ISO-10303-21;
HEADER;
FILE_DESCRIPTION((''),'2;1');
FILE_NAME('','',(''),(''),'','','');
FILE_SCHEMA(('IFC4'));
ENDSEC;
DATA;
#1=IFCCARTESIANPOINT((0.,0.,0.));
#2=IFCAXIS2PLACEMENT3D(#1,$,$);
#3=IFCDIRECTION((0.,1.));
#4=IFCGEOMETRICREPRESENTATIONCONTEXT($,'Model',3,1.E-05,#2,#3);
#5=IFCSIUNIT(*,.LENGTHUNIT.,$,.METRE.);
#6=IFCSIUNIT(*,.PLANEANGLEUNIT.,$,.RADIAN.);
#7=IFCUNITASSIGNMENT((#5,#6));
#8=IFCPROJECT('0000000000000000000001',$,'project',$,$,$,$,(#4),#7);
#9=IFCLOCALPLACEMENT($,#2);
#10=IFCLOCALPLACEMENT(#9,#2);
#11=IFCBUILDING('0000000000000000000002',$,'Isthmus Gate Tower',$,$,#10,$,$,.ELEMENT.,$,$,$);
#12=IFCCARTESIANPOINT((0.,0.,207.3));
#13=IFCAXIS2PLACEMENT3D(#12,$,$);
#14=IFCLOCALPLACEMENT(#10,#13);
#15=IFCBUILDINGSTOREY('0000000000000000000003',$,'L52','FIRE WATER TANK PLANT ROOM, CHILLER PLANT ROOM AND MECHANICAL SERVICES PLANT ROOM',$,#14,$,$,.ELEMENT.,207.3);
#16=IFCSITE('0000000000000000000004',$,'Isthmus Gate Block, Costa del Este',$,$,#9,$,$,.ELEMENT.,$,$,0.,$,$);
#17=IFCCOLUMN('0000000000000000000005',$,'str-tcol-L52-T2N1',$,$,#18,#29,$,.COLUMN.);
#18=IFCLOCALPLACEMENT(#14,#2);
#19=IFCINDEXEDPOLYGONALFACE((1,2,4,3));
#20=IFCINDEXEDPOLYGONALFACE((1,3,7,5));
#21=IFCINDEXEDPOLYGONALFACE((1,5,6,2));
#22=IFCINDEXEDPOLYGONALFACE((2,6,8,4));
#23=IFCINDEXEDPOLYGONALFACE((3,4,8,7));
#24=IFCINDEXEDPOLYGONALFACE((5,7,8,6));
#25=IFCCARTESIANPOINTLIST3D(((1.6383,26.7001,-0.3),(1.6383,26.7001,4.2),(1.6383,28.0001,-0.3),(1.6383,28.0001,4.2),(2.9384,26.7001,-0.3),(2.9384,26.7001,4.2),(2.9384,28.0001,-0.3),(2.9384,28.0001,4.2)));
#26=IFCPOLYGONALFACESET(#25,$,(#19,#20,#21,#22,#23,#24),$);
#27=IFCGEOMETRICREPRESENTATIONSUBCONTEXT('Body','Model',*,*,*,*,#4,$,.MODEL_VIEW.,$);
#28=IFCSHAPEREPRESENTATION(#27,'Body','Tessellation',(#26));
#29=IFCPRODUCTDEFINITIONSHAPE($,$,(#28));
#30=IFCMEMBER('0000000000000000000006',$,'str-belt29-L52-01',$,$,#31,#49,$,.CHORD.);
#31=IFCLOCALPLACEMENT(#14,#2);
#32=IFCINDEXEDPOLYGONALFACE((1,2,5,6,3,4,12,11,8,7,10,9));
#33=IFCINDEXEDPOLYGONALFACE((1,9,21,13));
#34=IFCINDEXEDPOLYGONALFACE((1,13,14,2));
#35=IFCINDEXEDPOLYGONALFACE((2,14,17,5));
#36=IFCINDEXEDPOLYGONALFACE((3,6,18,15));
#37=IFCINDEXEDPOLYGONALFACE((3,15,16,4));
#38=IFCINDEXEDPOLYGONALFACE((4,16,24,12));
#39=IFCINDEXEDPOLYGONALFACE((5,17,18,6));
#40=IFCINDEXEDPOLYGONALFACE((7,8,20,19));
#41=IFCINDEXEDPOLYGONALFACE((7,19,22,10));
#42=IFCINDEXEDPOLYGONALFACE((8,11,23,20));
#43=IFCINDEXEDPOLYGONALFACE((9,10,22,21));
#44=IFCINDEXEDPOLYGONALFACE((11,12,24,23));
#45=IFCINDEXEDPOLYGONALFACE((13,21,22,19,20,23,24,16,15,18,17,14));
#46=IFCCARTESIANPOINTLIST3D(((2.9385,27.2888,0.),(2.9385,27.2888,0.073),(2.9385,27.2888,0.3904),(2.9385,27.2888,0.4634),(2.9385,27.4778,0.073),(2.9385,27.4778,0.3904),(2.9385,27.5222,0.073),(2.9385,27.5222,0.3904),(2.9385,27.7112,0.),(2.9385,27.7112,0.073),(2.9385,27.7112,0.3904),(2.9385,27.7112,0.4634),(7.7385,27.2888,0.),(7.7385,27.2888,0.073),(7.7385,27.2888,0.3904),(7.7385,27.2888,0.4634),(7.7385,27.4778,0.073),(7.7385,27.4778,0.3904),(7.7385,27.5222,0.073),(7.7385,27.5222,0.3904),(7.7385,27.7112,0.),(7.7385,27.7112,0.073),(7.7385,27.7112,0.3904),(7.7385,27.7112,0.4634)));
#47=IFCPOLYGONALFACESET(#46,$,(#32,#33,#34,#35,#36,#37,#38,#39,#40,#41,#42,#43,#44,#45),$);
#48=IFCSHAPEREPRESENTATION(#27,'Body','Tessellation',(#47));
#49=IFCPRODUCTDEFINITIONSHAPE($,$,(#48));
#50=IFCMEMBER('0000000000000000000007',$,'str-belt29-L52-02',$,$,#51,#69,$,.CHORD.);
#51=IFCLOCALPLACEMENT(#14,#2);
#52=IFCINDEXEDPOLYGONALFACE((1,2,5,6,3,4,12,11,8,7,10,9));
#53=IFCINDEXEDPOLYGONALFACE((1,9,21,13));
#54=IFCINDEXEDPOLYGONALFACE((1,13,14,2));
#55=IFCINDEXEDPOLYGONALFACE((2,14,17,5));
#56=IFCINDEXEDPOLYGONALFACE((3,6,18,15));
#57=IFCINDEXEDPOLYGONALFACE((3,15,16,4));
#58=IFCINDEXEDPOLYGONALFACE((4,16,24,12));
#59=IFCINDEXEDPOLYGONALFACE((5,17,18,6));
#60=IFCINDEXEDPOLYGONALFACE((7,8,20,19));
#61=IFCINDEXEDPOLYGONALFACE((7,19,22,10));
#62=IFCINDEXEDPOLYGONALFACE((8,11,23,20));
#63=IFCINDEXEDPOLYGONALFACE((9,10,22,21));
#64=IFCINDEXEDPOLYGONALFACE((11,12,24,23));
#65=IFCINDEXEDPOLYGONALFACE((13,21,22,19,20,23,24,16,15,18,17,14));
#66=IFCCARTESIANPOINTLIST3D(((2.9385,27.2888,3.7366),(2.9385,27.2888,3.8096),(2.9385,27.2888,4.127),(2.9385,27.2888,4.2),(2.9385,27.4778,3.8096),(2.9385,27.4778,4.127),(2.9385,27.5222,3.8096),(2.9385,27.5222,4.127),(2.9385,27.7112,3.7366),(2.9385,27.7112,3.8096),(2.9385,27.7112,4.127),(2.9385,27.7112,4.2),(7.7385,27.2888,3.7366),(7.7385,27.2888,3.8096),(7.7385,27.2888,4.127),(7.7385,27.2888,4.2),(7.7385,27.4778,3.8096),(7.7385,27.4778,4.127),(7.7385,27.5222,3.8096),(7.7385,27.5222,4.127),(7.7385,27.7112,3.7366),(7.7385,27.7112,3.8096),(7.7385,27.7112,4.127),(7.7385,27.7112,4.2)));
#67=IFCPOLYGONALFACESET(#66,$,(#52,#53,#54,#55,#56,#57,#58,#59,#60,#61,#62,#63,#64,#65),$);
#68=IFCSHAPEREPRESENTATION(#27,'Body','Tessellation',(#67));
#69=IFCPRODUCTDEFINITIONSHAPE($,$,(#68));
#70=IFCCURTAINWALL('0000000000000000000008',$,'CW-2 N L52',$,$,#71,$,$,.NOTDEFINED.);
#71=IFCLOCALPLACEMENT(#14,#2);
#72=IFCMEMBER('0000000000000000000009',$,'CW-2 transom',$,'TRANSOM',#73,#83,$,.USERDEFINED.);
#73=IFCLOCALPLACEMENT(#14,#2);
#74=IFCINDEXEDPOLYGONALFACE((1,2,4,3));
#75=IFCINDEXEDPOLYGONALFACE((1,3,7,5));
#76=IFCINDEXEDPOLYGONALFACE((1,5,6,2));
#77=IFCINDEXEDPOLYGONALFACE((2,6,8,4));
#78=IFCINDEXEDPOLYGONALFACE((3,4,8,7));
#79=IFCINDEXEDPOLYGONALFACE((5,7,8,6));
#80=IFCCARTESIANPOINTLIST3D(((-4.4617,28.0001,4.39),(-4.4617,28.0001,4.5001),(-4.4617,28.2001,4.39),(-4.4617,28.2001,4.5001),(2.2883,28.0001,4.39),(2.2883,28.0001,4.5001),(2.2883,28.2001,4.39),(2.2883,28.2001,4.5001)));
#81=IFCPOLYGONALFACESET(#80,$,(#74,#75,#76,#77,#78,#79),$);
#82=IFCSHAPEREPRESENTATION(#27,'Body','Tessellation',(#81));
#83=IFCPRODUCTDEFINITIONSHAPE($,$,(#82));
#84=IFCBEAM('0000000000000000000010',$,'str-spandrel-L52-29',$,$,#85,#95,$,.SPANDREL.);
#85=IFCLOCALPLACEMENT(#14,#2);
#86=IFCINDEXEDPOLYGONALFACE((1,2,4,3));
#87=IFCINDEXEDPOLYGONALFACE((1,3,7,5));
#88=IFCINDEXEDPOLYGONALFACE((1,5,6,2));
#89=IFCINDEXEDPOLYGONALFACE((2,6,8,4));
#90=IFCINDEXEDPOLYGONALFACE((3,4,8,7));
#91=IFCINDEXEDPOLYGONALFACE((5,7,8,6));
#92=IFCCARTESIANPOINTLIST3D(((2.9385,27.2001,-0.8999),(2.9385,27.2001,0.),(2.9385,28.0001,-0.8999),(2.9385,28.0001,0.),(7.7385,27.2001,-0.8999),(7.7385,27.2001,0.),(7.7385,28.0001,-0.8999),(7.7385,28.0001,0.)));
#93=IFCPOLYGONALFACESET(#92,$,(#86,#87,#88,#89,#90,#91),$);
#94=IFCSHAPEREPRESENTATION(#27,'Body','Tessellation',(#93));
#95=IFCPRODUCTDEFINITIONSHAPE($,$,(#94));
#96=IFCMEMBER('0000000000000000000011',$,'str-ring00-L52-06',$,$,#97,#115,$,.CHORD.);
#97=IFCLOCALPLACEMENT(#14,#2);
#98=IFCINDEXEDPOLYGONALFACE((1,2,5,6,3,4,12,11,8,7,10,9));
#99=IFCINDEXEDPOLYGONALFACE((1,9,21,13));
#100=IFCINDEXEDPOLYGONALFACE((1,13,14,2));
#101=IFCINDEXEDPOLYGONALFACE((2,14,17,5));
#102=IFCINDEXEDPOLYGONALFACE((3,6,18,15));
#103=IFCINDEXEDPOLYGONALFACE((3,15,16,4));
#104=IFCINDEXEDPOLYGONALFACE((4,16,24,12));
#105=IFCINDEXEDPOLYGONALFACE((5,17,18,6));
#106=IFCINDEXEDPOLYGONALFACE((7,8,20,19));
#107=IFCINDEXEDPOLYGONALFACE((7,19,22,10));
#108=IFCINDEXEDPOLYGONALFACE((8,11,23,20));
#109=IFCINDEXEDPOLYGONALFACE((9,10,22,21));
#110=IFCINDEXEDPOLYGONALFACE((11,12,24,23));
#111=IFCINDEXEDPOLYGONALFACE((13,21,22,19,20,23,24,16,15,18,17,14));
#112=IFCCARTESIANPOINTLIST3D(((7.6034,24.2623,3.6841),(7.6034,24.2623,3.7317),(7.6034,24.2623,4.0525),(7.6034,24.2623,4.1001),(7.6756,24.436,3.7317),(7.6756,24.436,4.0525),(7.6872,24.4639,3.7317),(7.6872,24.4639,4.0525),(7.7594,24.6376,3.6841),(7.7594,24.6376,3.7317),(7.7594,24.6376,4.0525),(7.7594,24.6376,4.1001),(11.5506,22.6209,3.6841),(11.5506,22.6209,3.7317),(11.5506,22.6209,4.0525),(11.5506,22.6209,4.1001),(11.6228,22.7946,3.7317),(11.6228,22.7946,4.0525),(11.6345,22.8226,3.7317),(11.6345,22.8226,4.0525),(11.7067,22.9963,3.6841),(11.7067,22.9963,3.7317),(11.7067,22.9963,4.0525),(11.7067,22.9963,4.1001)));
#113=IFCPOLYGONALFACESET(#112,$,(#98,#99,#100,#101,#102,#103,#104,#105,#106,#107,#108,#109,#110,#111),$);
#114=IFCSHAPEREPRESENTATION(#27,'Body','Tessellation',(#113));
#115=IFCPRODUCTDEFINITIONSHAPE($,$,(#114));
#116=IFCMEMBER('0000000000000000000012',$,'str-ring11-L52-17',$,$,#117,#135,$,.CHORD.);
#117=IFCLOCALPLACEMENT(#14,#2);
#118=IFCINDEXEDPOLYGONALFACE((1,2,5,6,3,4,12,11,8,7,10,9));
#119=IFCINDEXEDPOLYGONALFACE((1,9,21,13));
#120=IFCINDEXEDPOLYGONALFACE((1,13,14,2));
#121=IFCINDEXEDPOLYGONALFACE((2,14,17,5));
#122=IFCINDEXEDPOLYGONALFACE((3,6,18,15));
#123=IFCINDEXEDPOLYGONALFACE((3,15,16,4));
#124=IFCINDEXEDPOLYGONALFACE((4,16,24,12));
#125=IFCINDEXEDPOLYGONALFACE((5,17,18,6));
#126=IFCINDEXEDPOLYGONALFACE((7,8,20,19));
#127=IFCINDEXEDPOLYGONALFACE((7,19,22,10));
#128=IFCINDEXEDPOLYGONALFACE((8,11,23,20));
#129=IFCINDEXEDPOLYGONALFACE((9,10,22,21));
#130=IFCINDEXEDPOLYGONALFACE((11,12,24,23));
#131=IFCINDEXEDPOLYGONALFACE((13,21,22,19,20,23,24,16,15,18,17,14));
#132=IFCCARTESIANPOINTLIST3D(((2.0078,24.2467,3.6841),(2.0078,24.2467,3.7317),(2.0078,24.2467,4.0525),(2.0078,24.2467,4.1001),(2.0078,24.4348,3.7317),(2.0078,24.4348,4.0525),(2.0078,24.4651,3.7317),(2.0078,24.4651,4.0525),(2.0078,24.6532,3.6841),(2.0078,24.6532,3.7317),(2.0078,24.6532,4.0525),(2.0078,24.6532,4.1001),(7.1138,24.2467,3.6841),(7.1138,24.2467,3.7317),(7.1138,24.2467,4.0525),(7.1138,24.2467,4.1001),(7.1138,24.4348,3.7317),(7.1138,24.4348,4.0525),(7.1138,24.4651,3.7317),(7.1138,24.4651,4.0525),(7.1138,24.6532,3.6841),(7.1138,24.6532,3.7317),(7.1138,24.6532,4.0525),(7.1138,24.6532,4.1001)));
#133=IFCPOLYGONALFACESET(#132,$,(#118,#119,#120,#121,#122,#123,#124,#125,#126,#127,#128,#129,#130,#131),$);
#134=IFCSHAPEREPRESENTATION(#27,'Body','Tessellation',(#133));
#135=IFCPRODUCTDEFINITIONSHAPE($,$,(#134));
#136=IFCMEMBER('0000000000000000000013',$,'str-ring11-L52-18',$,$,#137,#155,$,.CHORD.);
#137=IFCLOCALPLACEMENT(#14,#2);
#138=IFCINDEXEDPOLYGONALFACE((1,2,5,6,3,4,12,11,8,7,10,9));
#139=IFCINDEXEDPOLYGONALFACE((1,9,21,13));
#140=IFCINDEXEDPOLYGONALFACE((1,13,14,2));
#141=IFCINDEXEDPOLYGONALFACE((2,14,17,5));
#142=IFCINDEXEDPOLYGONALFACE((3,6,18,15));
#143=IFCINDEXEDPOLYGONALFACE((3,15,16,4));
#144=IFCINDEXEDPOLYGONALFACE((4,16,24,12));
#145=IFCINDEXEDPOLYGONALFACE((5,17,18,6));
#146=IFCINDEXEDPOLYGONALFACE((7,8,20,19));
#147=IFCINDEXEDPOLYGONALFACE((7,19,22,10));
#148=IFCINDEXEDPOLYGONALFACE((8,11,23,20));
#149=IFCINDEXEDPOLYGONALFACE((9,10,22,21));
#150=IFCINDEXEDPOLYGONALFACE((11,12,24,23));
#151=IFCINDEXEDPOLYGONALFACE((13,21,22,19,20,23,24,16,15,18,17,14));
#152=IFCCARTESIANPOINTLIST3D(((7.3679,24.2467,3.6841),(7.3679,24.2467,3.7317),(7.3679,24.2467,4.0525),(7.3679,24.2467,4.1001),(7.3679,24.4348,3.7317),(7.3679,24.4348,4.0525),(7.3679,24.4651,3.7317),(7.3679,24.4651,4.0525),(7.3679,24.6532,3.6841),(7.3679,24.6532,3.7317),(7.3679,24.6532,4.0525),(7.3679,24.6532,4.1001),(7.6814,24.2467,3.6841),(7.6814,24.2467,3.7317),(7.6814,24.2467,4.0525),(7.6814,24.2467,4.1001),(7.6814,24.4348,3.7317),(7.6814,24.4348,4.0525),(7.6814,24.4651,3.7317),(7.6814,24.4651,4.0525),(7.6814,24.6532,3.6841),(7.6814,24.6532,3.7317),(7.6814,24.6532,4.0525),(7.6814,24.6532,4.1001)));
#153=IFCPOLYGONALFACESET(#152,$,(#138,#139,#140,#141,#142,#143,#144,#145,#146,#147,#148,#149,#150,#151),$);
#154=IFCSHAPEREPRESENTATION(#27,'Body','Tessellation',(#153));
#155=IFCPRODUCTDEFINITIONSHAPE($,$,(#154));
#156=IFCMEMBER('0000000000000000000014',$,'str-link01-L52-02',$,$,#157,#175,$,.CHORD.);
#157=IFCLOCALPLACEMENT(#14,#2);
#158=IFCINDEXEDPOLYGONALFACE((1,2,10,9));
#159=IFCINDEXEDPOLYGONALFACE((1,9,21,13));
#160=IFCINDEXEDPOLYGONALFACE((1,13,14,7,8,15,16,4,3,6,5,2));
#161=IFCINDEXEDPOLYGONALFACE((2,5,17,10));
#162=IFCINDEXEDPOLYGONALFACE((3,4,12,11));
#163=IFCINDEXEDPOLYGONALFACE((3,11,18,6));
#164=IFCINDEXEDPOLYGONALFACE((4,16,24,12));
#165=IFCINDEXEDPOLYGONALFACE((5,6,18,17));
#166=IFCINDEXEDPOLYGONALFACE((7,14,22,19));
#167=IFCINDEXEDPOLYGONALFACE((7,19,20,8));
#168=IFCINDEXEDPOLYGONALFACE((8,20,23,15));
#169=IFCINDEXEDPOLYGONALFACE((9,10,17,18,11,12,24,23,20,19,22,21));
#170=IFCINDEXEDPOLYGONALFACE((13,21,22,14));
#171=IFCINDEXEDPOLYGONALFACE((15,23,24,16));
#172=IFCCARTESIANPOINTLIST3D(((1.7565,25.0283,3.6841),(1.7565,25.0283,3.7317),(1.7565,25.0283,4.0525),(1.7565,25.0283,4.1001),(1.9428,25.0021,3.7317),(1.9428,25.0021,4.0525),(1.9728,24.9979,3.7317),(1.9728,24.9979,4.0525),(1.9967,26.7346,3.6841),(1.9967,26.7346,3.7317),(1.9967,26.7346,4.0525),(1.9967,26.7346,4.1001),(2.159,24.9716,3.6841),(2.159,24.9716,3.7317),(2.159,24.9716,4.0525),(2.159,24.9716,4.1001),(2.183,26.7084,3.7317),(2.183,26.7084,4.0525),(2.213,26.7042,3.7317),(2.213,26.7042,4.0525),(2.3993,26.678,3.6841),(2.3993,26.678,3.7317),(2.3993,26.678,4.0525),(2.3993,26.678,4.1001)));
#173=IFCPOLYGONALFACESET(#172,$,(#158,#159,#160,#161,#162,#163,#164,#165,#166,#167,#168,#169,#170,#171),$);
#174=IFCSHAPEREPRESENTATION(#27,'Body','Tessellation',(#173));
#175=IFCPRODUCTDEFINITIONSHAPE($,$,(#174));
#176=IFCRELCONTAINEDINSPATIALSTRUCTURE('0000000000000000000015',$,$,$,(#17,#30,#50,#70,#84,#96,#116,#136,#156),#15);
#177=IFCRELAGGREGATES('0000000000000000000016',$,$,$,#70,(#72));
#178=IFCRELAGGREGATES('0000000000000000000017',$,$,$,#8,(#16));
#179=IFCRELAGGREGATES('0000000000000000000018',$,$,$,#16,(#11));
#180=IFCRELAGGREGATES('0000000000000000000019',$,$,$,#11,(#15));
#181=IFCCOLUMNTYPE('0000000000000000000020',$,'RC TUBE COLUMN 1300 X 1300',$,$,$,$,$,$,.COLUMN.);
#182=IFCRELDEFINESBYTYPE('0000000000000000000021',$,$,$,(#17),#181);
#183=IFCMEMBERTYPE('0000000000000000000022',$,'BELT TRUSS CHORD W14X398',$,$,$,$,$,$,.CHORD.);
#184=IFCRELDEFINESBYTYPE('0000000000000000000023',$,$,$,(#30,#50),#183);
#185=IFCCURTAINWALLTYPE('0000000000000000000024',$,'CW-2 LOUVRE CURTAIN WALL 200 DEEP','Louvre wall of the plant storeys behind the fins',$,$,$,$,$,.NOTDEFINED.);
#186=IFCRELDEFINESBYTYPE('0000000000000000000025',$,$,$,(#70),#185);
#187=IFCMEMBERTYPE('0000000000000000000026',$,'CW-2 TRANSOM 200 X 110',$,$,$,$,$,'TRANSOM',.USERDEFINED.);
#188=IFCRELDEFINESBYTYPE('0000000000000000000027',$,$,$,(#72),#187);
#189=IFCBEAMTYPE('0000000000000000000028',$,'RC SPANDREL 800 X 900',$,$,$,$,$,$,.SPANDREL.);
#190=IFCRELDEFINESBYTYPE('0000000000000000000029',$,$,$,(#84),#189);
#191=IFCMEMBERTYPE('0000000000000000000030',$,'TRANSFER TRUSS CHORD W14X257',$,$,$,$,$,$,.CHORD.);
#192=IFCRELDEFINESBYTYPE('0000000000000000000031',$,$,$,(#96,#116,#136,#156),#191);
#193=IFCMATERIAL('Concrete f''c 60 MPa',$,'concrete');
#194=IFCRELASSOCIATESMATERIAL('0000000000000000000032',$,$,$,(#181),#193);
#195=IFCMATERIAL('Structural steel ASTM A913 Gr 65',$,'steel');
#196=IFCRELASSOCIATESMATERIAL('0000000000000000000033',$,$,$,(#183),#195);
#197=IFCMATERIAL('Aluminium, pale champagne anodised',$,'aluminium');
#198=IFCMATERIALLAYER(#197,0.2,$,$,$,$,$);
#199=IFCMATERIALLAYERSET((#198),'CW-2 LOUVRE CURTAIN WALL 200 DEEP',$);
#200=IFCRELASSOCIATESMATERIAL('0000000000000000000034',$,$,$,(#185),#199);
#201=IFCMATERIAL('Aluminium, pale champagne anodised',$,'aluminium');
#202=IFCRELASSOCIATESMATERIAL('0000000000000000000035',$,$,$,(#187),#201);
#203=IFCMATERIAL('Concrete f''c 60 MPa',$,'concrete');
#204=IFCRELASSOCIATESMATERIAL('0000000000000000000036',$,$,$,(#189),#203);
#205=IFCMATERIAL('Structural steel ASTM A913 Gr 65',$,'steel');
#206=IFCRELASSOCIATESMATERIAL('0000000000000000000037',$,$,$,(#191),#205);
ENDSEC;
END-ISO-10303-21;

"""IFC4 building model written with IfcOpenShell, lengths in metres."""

from ifc_helpers import new_model, si_unit, direction, frame, origin, origin_2d, place, context, subcontext, project, spatial, rectangle, i_section, extrude, material, layer, layer_set, material_profile, profile_set, type_object, element, aggregate, save


model = new_model("IFC4")

# Units and contexts
model_context = context("Model", 3, precision=1e-05, world=origin(), true_north=direction((0.0, 1.0)))
body_context = subcontext(model_context, "Body", "Model", "MODEL_VIEW")
ifc_project = project(units=[si_unit("LENGTHUNIT", "METRE"), si_unit("PLANEANGLEUNIT", "RADIAN")], contexts=[model_context])

# Site, building, storey
site_placement = place(None, origin())
site = spatial("IfcSite", under=ifc_project, at=site_placement, Name="Isthmus Gate Block, Costa del Este", CompositionType="ELEMENT", RefElevation=0.0)
building_placement = place(site_placement, origin())
building = spatial("IfcBuilding", under=site, at=building_placement, Name="Isthmus Gate Tower", CompositionType="ELEMENT")
storey_placement = place(building_placement, frame((0.0, 0.0, 207.3)))
storey = spatial("IfcBuildingStorey", under=building, at=storey_placement, Name="L52", Description="FIRE WATER TANK PLANT ROOM, CHILLER PLANT ROOM AND MECHANICAL SERVICES PLANT ROOM", CompositionType="ELEMENT", Elevation=207.3)

# Column
ifc_material_1 = material(Name="Concrete f'c 60 MPa", Category="concrete")
ifc_material_profile_1 = material_profile(ifc_material_1, rectangle(XDim=1.3, YDim=1.3, at=origin_2d()), Name="RC 1300X1300")
ifc_profile_set_1 = profile_set([ifc_material_profile_1], Name="Concrete f'c 60 MPa")
column_type = type_object("IfcColumnType", Name="RC TUBE COLUMN 1300 X 1300", PredefinedType="COLUMN", material=ifc_profile_set_1)
column_placement = place(storey_placement, frame((2.2883, 27.3501, -0.3), z_axis=(0.0, 0.0, 1.0), x_axis=(-1.0, 0.0, 0.0)))
element("IfcColumn", 1, at=column_placement, inside=storey, type_object=column_type, Name="str-tcol-L52-T2N1", PredefinedType="COLUMN", context=body_context, shape_type="SweptSolid", body=[
    extrude(rectangle(XDim=1.3, YDim=1.3, at=origin_2d()), origin(), (0.0, 0.0, 1.0), 4.5),
])

# Members
ifc_material_2 = material(Name="Structural steel ASTM A913 Gr 65", Category="steel")
ifc_material_profile_2 = material_profile(ifc_material_2, i_section(OverallWidth=0.4224, OverallDepth=0.4634, WebThickness=0.0444, FlangeThickness=0.073, at=origin_2d()), Name="W14X398")
ifc_profile_set_2 = profile_set([ifc_material_profile_2], Name="Structural steel ASTM A913 Gr 65")
member_type_1 = type_object("IfcMemberType", Name="BELT TRUSS CHORD W14X398", PredefinedType="CHORD", material=ifc_profile_set_2)
for number, where, z_axis, x_axis, name in (
    (2, (2.9385, 27.5, 0.2317), (1.0, 0.0, 0.0), (0.0, 1.0, 0.0), "str-belt29-L52-01"),
    (3, (2.9385, 27.5, 3.9683), (1.0, 0.0, 0.0), (0.0, 1.0, 0.0), "str-belt29-L52-02"),
):
    element("IfcMember", number, at=place(storey_placement, frame(where, z_axis=z_axis, x_axis=x_axis)), inside=storey, type_object=member_type_1, Name=name, PredefinedType="CHORD", context=body_context, shape_type="SweptSolid", body=[
        extrude(i_section(OverallWidth=0.4224, OverallDepth=0.4634, WebThickness=0.0444, FlangeThickness=0.073, at=origin_2d()), origin(), (0.0, 0.0, 1.0), 4.8),
    ])

# Curtain wall, member
ifc_material_3 = material(Name="Aluminium, pale champagne anodised", Category="aluminium")
ifc_layer_1 = layer(ifc_material_3, 0.2)
ifc_layer_set_1 = layer_set([ifc_layer_1], Name="CW-2 LOUVRE CURTAIN WALL 200 DEEP")
curtain_wall_type = type_object("IfcCurtainWallType", Name="CW-2 LOUVRE CURTAIN WALL 200 DEEP", Description="Louvre wall of the plant storeys behind the fins", PredefinedType="NOTDEFINED", material=ifc_layer_set_1)
curtain_wall_placement = place(storey_placement, origin())
curtain_wall = element("IfcCurtainWall", 4, at=curtain_wall_placement, inside=storey, type_object=curtain_wall_type, Name="CW-2 N L52", PredefinedType="NOTDEFINED")
ifc_material_4 = material(Name="Aluminium, pale champagne anodised", Category="aluminium")
ifc_material_profile_3 = material_profile(ifc_material_4, rectangle(XDim=0.2, YDim=0.1101, at=origin_2d()), Name="200x110")
ifc_profile_set_3 = profile_set([ifc_material_profile_3], Name="Aluminium, pale champagne anodised")
member_type_2 = type_object("IfcMemberType", Name="CW-2 TRANSOM 200 X 110", ElementType="TRANSOM", PredefinedType="USERDEFINED", material=ifc_profile_set_3)
member_1_placement = place(storey_placement, frame((2.2883, 28.1001, 4.4451), z_axis=(-1.0, 0.0, 0.0), x_axis=(0.0, -1.0, 0.0)))
member_1 = element("IfcMember", 5, at=member_1_placement, type_object=member_type_2, Name="CW-2 transom", ObjectType="TRANSOM", PredefinedType="USERDEFINED", context=body_context, shape_type="SweptSolid", body=[
    extrude(rectangle(XDim=0.2, YDim=0.1101, at=origin_2d()), origin(), (0.0, 0.0, 1.0), 6.75),
])

# Beam
ifc_material_5 = material(Name="Concrete f'c 60 MPa", Category="concrete")
ifc_material_profile_4 = material_profile(ifc_material_5, rectangle(XDim=0.8, YDim=0.8999, at=origin_2d()), Name="RC 800X900")
ifc_profile_set_4 = profile_set([ifc_material_profile_4], Name="Concrete f'c 60 MPa")
beam_type = type_object("IfcBeamType", Name="RC SPANDREL 800 X 900", PredefinedType="SPANDREL", material=ifc_profile_set_4)
beam_placement = place(storey_placement, frame((2.9385, 27.6001, -0.45), z_axis=(1.0, 0.0, 0.0), x_axis=(0.0, 1.0, 0.0)))
element("IfcBeam", 6, at=beam_placement, inside=storey, type_object=beam_type, Name="str-spandrel-L52-29", PredefinedType="SPANDREL", context=body_context, shape_type="SweptSolid", body=[
    extrude(rectangle(XDim=0.8, YDim=0.8999, at=origin_2d()), origin(), (0.0, 0.0, 1.0), 4.8),
])

# Members
ifc_material_6 = material(Name="Structural steel ASTM A913 Gr 65", Category="steel")
ifc_material_profile_5 = material_profile(ifc_material_6, i_section(OverallWidth=0.4065, OverallDepth=0.416, WebThickness=0.0303, FlangeThickness=0.0476, at=origin_2d()), Name="W14X257")
ifc_profile_set_5 = profile_set([ifc_material_profile_5], Name="Structural steel ASTM A913 Gr 65")
member_type_3 = type_object("IfcMemberType", Name="TRANSFER TRUSS CHORD W14X257", PredefinedType="CHORD", material=ifc_profile_set_5)
member_2_placement = place(storey_placement, frame((7.6814, 24.45, 3.8921), z_axis=(0.923354, -0.38395, 0.0), x_axis=(0.38395, 0.923354, 0.0)))
element("IfcMember", 7, at=member_2_placement, inside=storey, type_object=member_type_3, Name="str-ring00-L52-06", PredefinedType="CHORD", context=body_context, shape_type="SweptSolid", body=[
    extrude(i_section(OverallWidth=0.4065, OverallDepth=0.416, WebThickness=0.0303, FlangeThickness=0.0476, at=origin_2d()), origin(), (0.0, 0.0, 1.0), 4.2749),
])
member_3_placement = place(storey_placement, frame((2.0078, 24.45, 3.8921), z_axis=(1.0, 0.0, 0.0), x_axis=(0.0, 1.0, 0.0)))
element("IfcMember", 8, at=member_3_placement, inside=storey, type_object=member_type_3, Name="str-ring11-L52-17", PredefinedType="CHORD", context=body_context, shape_type="SweptSolid", body=[
    extrude(i_section(OverallWidth=0.4065, OverallDepth=0.416, WebThickness=0.0303, FlangeThickness=0.0476, at=origin_2d()), origin(), (0.0, 0.0, 1.0), 5.106),
])
member_4_placement = place(storey_placement, frame((7.3679, 24.45, 3.8921), z_axis=(1.0, 0.0, 0.0), x_axis=(0.0, 1.0, 0.0)))
element("IfcMember", 9, at=member_4_placement, inside=storey, type_object=member_type_3, Name="str-ring11-L52-18", PredefinedType="CHORD", context=body_context, shape_type="SweptSolid", body=[
    extrude(i_section(OverallWidth=0.4065, OverallDepth=0.416, WebThickness=0.0303, FlangeThickness=0.0476, at=origin_2d()), origin(), (0.0, 0.0, 1.0), 0.3135),
])
member_5_placement = place(storey_placement, frame((2.198, 26.7063, 3.8921), z_axis=(-0.139418, -0.990234, 0.0), x_axis=(0.990234, -0.139418, 0.0)))
element("IfcMember", 10, at=member_5_placement, inside=storey, type_object=member_type_3, Name="str-link01-L52-02", PredefinedType="CHORD", context=body_context, shape_type="SweptSolid", body=[
    extrude(i_section(OverallWidth=0.4065, OverallDepth=0.416, WebThickness=0.0303, FlangeThickness=0.0476, at=origin_2d()), origin(), (0.0, 0.0, 1.0), 1.7231),
])

aggregate(curtain_wall, [member_1])

save(model, "model.ifc")
